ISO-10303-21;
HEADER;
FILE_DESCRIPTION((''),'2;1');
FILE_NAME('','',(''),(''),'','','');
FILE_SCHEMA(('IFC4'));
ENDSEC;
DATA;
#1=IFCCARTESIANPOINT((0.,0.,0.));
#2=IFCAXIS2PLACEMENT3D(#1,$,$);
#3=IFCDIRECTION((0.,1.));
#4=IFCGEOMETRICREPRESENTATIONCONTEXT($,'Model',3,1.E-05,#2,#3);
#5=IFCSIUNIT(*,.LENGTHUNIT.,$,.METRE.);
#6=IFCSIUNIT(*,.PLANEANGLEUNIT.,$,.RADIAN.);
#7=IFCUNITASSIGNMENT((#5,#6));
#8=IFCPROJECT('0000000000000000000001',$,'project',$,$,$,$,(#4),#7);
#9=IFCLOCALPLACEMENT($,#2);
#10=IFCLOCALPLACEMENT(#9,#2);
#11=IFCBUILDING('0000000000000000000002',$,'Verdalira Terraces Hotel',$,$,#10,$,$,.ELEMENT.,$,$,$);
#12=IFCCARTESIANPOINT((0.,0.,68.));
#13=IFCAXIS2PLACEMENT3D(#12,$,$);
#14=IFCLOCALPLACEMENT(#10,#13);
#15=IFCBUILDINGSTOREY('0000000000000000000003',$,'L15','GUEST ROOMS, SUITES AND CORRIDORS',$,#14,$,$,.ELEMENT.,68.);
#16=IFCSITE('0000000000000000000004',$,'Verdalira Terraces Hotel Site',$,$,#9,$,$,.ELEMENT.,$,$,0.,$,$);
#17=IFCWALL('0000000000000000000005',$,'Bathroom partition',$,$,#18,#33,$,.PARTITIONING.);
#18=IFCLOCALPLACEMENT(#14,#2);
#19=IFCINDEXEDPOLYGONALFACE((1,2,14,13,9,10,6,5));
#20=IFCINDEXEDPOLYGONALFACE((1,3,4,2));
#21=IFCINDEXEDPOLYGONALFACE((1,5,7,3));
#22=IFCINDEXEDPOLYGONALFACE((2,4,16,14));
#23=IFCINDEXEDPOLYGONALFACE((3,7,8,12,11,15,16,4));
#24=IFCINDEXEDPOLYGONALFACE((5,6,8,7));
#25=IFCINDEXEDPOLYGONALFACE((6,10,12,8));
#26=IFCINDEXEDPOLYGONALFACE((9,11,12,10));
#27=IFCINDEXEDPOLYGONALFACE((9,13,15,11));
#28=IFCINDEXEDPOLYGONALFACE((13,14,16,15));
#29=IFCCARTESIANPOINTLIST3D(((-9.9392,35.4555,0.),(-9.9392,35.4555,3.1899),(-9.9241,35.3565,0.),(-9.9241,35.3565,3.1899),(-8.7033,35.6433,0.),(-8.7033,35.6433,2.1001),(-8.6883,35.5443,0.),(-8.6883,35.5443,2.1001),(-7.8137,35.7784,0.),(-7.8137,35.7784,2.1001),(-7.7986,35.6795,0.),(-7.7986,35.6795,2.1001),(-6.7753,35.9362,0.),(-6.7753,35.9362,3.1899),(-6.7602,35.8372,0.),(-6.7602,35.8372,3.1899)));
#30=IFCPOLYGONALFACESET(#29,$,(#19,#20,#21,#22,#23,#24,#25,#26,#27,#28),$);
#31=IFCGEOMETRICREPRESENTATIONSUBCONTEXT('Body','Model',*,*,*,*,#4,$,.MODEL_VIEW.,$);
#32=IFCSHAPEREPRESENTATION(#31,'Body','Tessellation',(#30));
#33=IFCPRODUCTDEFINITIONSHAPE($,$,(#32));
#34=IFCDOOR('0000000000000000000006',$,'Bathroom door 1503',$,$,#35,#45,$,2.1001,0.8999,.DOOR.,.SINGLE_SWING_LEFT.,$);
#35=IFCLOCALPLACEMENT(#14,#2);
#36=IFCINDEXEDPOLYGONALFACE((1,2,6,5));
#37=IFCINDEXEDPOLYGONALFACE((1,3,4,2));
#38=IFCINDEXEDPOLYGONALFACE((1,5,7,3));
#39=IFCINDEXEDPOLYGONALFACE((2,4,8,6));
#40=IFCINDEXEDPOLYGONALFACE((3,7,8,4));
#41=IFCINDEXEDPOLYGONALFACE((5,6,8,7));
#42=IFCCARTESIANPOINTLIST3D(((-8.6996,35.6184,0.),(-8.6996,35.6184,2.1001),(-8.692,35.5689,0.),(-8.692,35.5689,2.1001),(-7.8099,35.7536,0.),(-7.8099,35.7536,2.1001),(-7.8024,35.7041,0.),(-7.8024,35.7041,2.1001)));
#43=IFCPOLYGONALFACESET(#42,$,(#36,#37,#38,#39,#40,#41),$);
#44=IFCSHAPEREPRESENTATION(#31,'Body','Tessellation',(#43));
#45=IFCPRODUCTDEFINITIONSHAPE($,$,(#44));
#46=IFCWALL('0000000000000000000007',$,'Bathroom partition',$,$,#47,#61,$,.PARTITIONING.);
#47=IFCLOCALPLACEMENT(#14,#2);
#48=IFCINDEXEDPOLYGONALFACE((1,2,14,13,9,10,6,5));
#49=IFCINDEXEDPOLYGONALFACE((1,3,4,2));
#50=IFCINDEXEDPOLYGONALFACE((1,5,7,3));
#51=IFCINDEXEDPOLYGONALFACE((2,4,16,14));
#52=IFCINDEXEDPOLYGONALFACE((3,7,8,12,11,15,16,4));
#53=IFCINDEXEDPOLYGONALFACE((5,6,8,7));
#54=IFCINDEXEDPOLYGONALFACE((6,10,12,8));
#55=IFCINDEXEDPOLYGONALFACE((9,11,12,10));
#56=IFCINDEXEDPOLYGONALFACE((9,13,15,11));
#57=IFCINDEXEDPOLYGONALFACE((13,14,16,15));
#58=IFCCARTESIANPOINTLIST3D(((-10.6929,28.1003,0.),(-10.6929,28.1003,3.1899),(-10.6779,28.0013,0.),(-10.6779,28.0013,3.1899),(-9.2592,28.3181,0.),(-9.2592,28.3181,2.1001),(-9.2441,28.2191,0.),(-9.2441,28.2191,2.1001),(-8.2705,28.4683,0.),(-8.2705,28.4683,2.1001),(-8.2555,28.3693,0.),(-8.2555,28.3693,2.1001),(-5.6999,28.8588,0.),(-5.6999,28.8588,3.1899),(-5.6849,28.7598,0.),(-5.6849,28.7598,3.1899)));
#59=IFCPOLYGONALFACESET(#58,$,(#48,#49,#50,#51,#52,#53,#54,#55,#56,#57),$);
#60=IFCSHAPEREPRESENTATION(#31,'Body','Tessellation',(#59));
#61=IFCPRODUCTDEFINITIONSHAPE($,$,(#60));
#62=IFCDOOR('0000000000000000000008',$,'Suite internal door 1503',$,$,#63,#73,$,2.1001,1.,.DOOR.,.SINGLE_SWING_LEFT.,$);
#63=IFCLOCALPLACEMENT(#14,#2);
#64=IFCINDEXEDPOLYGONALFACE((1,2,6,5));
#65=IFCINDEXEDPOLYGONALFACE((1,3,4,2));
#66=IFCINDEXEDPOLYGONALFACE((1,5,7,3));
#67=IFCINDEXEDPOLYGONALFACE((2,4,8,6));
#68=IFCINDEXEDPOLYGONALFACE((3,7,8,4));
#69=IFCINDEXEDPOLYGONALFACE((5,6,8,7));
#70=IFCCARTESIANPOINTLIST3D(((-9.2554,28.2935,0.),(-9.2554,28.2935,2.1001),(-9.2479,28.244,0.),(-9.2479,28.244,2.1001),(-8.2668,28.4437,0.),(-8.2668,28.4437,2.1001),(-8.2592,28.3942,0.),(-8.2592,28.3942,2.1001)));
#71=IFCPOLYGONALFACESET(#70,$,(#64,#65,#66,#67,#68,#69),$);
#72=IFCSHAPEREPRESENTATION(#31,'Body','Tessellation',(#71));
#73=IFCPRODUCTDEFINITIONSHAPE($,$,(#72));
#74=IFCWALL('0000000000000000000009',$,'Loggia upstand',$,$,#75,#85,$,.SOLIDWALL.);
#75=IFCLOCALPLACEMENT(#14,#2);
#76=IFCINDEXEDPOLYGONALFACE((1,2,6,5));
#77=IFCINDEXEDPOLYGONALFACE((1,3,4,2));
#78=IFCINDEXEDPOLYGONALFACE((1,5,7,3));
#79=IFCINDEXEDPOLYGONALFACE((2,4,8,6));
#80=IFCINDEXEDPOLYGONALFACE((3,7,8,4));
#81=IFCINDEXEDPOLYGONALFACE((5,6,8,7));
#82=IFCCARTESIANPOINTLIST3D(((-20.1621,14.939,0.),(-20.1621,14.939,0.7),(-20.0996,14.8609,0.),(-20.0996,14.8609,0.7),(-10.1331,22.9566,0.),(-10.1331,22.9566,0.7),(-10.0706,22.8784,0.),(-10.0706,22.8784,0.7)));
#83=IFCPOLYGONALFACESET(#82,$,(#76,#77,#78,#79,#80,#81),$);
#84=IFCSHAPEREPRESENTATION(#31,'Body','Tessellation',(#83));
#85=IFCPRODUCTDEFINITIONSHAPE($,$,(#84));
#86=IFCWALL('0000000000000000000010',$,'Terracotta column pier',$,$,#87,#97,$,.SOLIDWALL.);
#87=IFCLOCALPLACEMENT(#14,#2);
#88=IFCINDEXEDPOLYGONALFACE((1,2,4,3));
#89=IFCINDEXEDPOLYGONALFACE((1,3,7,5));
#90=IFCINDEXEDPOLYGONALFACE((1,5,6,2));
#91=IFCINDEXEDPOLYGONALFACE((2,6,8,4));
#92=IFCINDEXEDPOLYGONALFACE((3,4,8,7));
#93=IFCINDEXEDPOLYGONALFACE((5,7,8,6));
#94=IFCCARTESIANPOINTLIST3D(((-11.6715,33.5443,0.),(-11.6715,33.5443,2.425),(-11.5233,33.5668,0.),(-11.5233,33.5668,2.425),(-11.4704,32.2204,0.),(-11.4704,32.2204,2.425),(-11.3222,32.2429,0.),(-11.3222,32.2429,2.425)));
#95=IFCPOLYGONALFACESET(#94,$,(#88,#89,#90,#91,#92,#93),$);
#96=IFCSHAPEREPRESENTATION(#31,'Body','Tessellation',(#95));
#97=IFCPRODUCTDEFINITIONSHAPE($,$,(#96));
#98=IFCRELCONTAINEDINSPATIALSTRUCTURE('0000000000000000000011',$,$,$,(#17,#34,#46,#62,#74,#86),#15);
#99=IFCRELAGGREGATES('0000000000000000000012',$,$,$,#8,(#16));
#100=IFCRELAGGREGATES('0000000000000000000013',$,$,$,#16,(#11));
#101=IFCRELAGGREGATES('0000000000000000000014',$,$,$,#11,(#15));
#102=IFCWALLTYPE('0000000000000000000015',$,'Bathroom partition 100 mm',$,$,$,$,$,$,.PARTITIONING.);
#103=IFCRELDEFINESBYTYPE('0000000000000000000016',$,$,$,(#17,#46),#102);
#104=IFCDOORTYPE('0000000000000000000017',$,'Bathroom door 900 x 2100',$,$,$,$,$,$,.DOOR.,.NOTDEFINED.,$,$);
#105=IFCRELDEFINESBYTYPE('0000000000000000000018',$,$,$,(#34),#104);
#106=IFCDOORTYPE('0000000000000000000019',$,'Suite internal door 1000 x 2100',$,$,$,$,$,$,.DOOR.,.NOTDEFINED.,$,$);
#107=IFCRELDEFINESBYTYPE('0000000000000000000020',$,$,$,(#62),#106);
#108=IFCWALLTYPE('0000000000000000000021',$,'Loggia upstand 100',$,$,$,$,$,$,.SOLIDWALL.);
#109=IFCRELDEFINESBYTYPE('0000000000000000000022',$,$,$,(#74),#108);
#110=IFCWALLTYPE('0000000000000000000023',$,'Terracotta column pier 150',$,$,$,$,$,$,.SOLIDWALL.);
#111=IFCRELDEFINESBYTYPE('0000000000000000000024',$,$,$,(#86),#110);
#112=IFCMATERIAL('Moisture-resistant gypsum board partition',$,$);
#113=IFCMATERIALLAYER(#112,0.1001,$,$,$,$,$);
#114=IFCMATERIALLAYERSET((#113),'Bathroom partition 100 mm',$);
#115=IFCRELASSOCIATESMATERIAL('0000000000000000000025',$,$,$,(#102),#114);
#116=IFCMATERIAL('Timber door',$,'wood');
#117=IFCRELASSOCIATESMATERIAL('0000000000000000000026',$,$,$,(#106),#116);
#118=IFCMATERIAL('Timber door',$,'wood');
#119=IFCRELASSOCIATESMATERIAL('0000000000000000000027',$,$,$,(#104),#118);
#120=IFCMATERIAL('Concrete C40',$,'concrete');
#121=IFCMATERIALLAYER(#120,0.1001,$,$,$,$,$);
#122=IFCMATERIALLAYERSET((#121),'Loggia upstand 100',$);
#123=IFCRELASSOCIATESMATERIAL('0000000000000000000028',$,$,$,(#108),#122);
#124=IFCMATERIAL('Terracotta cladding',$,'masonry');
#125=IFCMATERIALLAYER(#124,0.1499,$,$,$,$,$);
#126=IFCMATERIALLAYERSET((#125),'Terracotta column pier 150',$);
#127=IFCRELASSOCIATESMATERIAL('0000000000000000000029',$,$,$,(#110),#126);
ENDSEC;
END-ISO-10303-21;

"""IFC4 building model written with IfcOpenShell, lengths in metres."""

from ifc_helpers import new_model, si_unit, direction, frame, frame_2d, origin, place, context, subcontext, project, spatial, rectangle, extrude, material, layer, layer_set, type_object, element, fill, save


model = new_model("IFC4")

# Units and contexts
model_context = context("Model", 3, precision=1e-05, world=origin(), true_north=direction((0.0, 1.0)))
body_context = subcontext(model_context, "Body", "Model", "MODEL_VIEW")
ifc_project = project(units=[si_unit("LENGTHUNIT", "METRE"), si_unit("PLANEANGLEUNIT", "RADIAN")], contexts=[model_context])

# Site, building, storey
site_placement = place(None, origin())
site = spatial("IfcSite", under=ifc_project, at=site_placement, Name="Verdalira Terraces Hotel Site", CompositionType="ELEMENT", RefElevation=0.0)
building_placement = place(site_placement, origin())
building = spatial("IfcBuilding", under=site, at=building_placement, Name="Verdalira Terraces Hotel", CompositionType="ELEMENT")
storey_placement = place(building_placement, frame((0.0, 0.0, 68.0)))
storey = spatial("IfcBuildingStorey", under=building, at=storey_placement, Name="L15", Description="GUEST ROOMS, SUITES AND CORRIDORS", CompositionType="ELEMENT", Elevation=68.0)

# Walls, openings, doors
ifc_material_1 = material(Name="Moisture-resistant gypsum board partition")
ifc_layer_1 = layer(ifc_material_1, 0.1001)
ifc_layer_set_1 = layer_set([ifc_layer_1], Name="Bathroom partition 100 mm")
wall_type_1 = type_object("IfcWallType", Name="Bathroom partition 100 mm", PredefinedType="PARTITIONING", material=ifc_layer_set_1)
ifc_material_2 = material(Name="Timber door", Category="wood")
door_type_1 = type_object("IfcDoorType", Name="Suite internal door 1000 x 2100", OperationType="NOTDEFINED", PredefinedType="DOOR", material=ifc_material_2)
wall_1_placement = place(storey_placement, frame((-9.9316, 35.406, 0.0), z_axis=(0.0, 0.0, 1.0), x_axis=(0.988653, 0.150217, 0.0)))
wall_1 = element("IfcWall", 1, at=wall_1_placement, inside=storey, type_object=wall_type_1, Name="Bathroom partition", PredefinedType="PARTITIONING", context=body_context, shape_type="SweptSolid", body=[
    extrude(rectangle(XDim=3.2002, YDim=0.1001, at=frame_2d((1.6001, 0.0))), origin(), (0.0, 0.0, 1.0), 3.1899),
])
opening_1_placement = place(wall_1_placement, frame((1.25, 0.0, 0.0)))
opening_1 = element("IfcOpeningElement", 2, at=opening_1_placement, cuts=wall_1, PredefinedType="OPENING", context=body_context, shape_type="SweptSolid", body=[
    extrude(rectangle(XDim=0.8999, YDim=2.1001, at=frame_2d((0.45, 1.05))), frame((0.0, 0.0601, 0.0), z_axis=(0.0, -1.0, 0.0), x_axis=(1.0, 0.0, 0.0)), (0.0, 0.0, 1.0), 0.1201),
])
ifc_material_3 = material(Name="Timber door", Category="wood")
door_type_2 = type_object("IfcDoorType", Name="Bathroom door 900 x 2100", OperationType="NOTDEFINED", PredefinedType="DOOR", material=ifc_material_3)
door_1_placement = place(opening_1_placement, origin())
door_1 = element("IfcDoor", 3, at=door_1_placement, inside=storey, type_object=door_type_2, Name="Bathroom door 1503", OperationType="SINGLE_SWING_LEFT", OverallHeight=2.1001, OverallWidth=0.8999, PredefinedType="DOOR", context=body_context, shape_type="SweptSolid", body=[
    extrude(rectangle(XDim=0.8999, YDim=2.1001, at=frame_2d((0.45, 1.05))), frame((0.0, 0.0249, 0.0), z_axis=(0.0, -1.0, 0.0), x_axis=(1.0, 0.0, 0.0)), (0.0, 0.0, 1.0), 0.05),
])
fill(opening_1, door_1)
wall_2_placement = place(storey_placement, frame((-5.6924, 28.8093, 0.0), z_axis=(0.0, 0.0, 1.0), x_axis=(-0.988656, -0.150201, 0.0)))
wall_2 = element("IfcWall", 4, at=wall_2_placement, inside=storey, type_object=wall_type_1, Name="Bathroom partition", PredefinedType="PARTITIONING", context=body_context, shape_type="SweptSolid", body=[
    extrude(rectangle(XDim=5.0503, YDim=0.1001, at=frame_2d((2.5251, 0.0))), origin(), (0.0, 0.0, 1.0), 3.1899),
])
opening_2_placement = place(wall_2_placement, frame((2.6001, 0.0, 0.0)))
opening_2 = element("IfcOpeningElement", 5, at=opening_2_placement, cuts=wall_2, PredefinedType="OPENING", context=body_context, shape_type="SweptSolid", body=[
    extrude(rectangle(XDim=1.0, YDim=2.1001, at=frame_2d((0.5, 1.05))), frame((0.0, 0.0601, 0.0), z_axis=(0.0, -1.0, 0.0), x_axis=(1.0, 0.0, 0.0)), (0.0, 0.0, 1.0), 0.1201),
])
door_2_placement = place(opening_2_placement, origin())
door_2 = element("IfcDoor", 6, at=door_2_placement, inside=storey, type_object=door_type_1, Name="Suite internal door 1503", OperationType="SINGLE_SWING_LEFT", OverallHeight=2.1001, OverallWidth=1.0, PredefinedType="DOOR", context=body_context, shape_type="SweptSolid", body=[
    extrude(rectangle(XDim=1.0, YDim=2.1001, at=frame_2d((0.5, 1.05))), frame((0.0, 0.0249, 0.0), z_axis=(0.0, -1.0, 0.0), x_axis=(1.0, 0.0, 0.0)), (0.0, 0.0, 1.0), 0.05),
])
fill(opening_2, door_2)

# Walls
ifc_material_4 = material(Name="Concrete C40", Category="concrete")
ifc_layer_2 = layer(ifc_material_4, 0.1001)
ifc_layer_set_2 = layer_set([ifc_layer_2], Name="Loggia upstand 100")
wall_type_2 = type_object("IfcWallType", Name="Loggia upstand 100", PredefinedType="SOLIDWALL", material=ifc_layer_set_2)
wall_3_placement = place(storey_placement, frame((-10.1018, 22.9175, 0.0), z_axis=(0.0, 0.0, 1.0), x_axis=(-0.781084, -0.624426, 0.0)))
element("IfcWall", 7, at=wall_3_placement, inside=storey, type_object=wall_type_2, Name="Loggia upstand", PredefinedType="SOLIDWALL", context=body_context, shape_type="SweptSolid", body=[
    extrude(rectangle(XDim=12.8398, YDim=0.1001, at=frame_2d((6.4199, 0.0))), origin(), (0.0, 0.0, 1.0), 0.7),
])
ifc_material_5 = material(Name="Terracotta cladding", Category="masonry")
ifc_layer_3 = layer(ifc_material_5, 0.1499)
ifc_layer_set_3 = layer_set([ifc_layer_3], Name="Terracotta column pier 150")
wall_type_3 = type_object("IfcWallType", Name="Terracotta column pier 150", PredefinedType="SOLIDWALL", material=ifc_layer_set_3)
wall_4_placement = place(storey_placement, frame((-11.5974, 33.5554, 0.0), z_axis=(0.0, 0.0, 1.0), x_axis=(0.150221, -0.988652, 0.0)))
element("IfcWall", 8, at=wall_4_placement, inside=storey, type_object=wall_type_3, Name="Terracotta column pier", PredefinedType="SOLIDWALL", context=body_context, shape_type="SweptSolid", body=[
    extrude(rectangle(XDim=1.3391, YDim=0.1499, at=frame_2d((0.6694, 0.0))), origin(), (0.0, 0.0, 1.0), 2.425),
])

save(model, "model.ifc")
